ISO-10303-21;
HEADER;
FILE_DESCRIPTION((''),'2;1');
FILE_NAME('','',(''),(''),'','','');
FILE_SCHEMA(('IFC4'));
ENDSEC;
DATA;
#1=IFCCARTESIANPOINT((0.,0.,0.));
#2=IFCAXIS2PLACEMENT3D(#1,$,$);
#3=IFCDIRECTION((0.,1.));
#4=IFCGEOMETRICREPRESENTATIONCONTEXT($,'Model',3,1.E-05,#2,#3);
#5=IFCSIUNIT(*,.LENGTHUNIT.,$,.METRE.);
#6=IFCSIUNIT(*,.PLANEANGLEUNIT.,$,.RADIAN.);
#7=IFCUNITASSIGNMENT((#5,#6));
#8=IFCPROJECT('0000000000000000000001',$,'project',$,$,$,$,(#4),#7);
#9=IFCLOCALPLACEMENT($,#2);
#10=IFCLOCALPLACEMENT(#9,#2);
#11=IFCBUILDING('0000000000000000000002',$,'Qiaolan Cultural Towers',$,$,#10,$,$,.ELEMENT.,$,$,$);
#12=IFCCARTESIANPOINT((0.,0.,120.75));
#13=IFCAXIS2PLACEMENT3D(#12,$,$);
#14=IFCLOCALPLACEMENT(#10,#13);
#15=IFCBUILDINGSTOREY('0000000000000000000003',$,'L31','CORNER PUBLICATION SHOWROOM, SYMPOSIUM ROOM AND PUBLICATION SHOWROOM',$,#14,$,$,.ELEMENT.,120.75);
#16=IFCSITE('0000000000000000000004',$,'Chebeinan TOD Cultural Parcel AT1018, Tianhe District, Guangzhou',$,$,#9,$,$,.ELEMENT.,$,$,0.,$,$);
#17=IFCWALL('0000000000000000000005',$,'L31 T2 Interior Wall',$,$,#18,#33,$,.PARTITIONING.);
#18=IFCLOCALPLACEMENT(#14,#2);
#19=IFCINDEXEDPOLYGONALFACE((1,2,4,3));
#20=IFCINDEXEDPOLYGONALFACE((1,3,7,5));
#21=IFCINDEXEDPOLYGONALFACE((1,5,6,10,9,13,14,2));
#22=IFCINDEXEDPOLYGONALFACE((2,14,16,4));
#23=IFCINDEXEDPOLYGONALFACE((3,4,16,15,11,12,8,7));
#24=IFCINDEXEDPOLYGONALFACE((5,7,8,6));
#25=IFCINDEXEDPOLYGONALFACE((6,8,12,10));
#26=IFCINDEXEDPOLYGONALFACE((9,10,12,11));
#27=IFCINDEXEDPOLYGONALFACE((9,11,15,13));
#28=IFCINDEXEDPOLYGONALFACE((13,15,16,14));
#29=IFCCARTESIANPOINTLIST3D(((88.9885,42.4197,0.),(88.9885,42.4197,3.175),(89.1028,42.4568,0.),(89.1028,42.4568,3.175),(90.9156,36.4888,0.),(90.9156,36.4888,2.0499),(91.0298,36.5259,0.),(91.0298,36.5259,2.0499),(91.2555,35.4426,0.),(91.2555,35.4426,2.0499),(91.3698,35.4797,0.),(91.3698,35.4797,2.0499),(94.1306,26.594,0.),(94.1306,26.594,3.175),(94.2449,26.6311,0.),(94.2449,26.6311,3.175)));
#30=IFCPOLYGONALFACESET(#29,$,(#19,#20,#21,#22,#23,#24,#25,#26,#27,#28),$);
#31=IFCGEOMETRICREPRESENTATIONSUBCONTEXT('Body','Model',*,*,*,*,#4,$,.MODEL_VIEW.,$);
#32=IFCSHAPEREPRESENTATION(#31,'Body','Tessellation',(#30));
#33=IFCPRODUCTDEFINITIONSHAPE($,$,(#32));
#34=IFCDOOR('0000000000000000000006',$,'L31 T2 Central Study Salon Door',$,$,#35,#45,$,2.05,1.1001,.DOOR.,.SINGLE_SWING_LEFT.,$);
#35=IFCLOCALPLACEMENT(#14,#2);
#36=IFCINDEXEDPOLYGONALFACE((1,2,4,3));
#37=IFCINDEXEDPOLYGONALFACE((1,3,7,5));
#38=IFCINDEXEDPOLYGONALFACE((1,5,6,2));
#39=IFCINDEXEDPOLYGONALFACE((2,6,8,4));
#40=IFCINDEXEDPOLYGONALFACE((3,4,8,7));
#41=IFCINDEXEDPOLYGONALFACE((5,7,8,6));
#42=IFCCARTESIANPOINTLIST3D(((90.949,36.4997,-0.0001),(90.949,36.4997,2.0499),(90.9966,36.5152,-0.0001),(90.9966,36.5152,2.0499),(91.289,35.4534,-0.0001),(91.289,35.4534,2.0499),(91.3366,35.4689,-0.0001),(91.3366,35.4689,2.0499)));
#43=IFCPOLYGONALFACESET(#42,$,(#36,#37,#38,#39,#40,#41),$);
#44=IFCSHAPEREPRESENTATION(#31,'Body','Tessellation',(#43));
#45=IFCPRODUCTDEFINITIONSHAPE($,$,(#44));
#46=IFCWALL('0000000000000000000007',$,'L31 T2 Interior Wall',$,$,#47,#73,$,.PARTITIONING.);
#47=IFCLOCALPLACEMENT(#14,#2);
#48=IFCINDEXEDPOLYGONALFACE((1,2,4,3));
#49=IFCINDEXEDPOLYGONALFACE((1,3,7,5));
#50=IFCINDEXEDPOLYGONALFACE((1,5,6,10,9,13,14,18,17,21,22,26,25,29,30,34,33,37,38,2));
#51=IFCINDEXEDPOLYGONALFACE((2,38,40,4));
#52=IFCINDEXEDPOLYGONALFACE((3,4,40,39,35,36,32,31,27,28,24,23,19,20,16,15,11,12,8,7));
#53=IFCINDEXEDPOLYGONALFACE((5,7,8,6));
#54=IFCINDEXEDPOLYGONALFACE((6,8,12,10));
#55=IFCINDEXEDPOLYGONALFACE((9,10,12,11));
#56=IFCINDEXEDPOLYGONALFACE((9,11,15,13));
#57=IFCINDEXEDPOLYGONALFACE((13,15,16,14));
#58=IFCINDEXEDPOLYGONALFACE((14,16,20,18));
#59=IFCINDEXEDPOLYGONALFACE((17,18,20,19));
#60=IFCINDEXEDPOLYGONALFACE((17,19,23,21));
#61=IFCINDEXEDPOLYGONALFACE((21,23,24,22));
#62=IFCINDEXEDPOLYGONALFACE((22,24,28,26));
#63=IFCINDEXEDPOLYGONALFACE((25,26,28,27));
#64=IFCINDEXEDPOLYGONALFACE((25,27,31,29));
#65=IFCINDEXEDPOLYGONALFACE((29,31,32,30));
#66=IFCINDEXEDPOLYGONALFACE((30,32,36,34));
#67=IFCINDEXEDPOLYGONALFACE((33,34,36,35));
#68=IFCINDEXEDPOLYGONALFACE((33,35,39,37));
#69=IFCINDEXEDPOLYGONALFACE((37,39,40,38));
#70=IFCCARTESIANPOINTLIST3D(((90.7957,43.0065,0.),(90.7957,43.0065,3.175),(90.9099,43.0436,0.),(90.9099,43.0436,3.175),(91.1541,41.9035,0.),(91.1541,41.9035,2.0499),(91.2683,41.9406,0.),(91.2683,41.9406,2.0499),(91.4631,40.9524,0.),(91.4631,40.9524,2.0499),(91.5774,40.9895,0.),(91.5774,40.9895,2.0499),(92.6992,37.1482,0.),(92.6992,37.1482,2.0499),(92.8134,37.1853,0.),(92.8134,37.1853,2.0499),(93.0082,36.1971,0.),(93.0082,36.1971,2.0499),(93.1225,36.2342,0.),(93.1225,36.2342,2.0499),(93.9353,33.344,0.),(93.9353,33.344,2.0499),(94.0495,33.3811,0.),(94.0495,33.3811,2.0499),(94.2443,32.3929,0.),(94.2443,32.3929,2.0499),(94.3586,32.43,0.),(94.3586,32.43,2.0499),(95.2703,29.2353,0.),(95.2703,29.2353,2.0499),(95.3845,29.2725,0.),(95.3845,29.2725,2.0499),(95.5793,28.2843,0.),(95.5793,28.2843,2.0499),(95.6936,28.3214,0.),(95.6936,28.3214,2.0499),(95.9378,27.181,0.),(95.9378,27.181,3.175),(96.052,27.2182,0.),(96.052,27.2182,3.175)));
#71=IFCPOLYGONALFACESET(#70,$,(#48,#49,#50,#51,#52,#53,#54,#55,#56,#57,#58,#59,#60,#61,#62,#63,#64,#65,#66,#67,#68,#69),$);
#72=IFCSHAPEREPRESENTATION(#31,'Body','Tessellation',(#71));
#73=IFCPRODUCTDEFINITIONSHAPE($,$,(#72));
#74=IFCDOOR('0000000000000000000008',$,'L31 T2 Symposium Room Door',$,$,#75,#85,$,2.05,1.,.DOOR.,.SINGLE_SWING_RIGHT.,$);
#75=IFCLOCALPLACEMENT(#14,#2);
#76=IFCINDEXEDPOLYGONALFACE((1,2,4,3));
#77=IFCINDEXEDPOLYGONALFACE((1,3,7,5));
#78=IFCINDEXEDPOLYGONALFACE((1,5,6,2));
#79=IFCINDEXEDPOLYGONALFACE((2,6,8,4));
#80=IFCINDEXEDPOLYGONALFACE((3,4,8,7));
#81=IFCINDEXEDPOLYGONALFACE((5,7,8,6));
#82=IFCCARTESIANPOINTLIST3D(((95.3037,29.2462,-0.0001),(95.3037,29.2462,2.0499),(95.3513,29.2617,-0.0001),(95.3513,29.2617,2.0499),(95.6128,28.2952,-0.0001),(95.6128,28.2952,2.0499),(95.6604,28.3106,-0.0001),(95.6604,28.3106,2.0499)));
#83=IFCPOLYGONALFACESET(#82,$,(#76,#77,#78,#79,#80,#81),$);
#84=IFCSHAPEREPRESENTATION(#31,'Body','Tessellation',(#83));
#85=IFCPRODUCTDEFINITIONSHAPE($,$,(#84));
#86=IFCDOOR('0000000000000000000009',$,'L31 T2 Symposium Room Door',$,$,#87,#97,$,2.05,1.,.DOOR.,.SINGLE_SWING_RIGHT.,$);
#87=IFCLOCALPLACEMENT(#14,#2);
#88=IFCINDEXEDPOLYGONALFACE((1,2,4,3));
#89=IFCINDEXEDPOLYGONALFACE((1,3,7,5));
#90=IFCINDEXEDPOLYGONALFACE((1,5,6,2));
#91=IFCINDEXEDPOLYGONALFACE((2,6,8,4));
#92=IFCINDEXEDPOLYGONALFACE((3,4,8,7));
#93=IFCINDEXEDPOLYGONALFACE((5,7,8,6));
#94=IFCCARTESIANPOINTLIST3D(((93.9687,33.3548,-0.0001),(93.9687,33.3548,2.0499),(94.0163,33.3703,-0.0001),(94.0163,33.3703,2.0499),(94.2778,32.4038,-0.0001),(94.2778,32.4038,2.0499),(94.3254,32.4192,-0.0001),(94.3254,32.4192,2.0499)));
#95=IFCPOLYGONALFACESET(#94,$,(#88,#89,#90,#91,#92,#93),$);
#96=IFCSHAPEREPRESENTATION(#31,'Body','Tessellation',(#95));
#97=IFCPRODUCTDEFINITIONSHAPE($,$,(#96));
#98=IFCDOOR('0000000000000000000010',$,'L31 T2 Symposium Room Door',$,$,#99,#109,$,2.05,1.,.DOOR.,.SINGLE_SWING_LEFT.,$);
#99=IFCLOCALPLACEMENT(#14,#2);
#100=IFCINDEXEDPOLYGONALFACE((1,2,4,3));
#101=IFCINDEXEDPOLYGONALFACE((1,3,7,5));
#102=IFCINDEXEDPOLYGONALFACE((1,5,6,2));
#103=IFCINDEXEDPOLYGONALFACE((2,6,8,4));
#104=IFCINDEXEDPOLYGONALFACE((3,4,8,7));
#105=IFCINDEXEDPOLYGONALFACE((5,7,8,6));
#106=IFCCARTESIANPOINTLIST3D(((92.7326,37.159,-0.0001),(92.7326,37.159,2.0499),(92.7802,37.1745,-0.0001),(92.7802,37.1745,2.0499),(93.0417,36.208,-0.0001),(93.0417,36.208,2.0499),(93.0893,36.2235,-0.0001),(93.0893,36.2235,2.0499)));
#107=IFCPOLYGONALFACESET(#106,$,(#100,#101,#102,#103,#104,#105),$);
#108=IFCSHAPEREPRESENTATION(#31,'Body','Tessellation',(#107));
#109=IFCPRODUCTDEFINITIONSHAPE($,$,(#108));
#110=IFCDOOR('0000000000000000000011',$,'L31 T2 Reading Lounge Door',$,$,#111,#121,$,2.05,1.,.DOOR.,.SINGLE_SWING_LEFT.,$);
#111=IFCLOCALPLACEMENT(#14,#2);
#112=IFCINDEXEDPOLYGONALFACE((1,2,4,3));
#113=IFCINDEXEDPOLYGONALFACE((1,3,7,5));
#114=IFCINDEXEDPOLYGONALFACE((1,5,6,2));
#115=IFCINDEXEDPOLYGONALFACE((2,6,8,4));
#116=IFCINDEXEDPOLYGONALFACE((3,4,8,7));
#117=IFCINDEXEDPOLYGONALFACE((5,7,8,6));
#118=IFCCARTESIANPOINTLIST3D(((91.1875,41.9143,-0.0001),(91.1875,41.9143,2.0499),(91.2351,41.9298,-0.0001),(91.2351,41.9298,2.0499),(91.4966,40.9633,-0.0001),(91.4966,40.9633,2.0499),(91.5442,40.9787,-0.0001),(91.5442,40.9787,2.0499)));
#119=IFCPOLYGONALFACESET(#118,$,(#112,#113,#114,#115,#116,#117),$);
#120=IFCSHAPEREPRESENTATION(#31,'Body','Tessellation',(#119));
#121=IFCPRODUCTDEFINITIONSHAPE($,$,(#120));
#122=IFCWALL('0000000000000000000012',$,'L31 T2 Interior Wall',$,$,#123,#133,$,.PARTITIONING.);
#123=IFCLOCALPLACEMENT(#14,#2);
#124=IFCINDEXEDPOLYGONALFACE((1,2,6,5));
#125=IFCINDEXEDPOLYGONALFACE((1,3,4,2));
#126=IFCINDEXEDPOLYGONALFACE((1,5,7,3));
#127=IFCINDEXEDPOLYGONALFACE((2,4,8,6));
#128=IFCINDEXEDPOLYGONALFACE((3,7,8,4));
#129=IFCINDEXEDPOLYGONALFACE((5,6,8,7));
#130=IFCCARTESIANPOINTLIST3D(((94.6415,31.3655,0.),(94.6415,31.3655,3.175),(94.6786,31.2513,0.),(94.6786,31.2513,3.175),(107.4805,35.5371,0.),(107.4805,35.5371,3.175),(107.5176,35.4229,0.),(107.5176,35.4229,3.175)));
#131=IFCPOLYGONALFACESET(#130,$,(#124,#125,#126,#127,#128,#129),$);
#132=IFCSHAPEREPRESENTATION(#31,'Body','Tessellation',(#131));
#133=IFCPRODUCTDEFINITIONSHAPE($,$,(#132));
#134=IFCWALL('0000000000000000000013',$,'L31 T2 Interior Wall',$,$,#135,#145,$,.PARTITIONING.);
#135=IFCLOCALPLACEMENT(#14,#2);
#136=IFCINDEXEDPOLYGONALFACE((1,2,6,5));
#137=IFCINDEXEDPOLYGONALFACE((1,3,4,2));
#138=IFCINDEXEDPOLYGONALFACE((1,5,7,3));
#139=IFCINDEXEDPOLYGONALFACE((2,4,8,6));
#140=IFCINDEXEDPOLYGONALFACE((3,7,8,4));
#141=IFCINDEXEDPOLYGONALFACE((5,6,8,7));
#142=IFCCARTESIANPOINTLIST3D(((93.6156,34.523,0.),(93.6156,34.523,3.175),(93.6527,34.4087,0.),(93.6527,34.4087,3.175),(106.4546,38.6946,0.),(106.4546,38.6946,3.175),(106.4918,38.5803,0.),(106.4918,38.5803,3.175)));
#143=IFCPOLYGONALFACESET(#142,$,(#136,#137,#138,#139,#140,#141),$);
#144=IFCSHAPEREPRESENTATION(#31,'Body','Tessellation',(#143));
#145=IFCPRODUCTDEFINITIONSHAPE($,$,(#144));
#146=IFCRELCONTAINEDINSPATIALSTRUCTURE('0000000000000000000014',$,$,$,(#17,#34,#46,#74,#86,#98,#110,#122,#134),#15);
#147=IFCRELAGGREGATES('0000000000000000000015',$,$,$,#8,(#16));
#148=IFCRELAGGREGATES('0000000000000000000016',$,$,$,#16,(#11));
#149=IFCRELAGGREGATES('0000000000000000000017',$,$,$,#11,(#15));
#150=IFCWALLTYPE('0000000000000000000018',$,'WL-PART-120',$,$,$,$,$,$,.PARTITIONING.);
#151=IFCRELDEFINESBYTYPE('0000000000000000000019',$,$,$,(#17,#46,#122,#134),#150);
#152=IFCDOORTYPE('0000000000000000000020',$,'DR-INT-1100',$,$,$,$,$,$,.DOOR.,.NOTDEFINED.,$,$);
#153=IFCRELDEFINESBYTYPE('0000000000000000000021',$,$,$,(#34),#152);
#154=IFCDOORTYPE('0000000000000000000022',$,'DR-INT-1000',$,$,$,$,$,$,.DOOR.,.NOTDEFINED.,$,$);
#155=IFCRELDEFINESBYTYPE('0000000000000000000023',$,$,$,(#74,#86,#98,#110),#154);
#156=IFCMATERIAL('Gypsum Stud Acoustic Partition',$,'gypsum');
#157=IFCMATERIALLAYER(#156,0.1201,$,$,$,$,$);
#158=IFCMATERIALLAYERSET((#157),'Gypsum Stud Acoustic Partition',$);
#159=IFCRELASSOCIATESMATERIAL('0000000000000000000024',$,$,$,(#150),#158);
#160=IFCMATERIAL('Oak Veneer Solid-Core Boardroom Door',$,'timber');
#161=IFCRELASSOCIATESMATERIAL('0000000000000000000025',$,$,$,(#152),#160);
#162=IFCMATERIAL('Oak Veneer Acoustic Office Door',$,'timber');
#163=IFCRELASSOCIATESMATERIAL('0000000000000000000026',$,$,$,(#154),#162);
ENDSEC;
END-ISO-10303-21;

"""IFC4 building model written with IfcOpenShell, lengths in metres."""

from ifc_helpers import new_model, si_unit, direction, frame, frame_2d, origin, place, context, subcontext, project, spatial, rectangle, extrude, material, layer, layer_set, type_object, element, fill, save


model = new_model("IFC4")

# Units and contexts
model_context = context("Model", 3, precision=1e-05, world=origin(), true_north=direction((0.0, 1.0)))
body_context = subcontext(model_context, "Body", "Model", "MODEL_VIEW")
ifc_project = project(units=[si_unit("LENGTHUNIT", "METRE"), si_unit("PLANEANGLEUNIT", "RADIAN")], contexts=[model_context])

# Site, building, storey
site_placement = place(None, origin())
site = spatial("IfcSite", under=ifc_project, at=site_placement, Name="Chebeinan TOD Cultural Parcel AT1018, Tianhe District, Guangzhou", CompositionType="ELEMENT", RefElevation=0.0)
building_placement = place(site_placement, origin())
building = spatial("IfcBuilding", under=site, at=building_placement, Name="Qiaolan Cultural Towers", CompositionType="ELEMENT")
storey_placement = place(building_placement, frame((0.0, 0.0, 120.75)))
storey = spatial("IfcBuildingStorey", under=building, at=storey_placement, Name="L31", Description="CORNER PUBLICATION SHOWROOM, SYMPOSIUM ROOM AND PUBLICATION SHOWROOM", CompositionType="ELEMENT", Elevation=120.75)

# Shared definitions
ifc_material_1 = material(Name="Gypsum Stud Acoustic Partition", Category="gypsum")
ifc_layer_1 = layer(ifc_material_1, 0.1201)
ifc_layer_set_1 = layer_set([ifc_layer_1], Name="Gypsum Stud Acoustic Partition")
wall_type_1 = type_object("IfcWallType", Name="WL-PART-120", PredefinedType="PARTITIONING", material=ifc_layer_set_1)

# Wall, opening, door
wall_1_placement = place(storey_placement, frame((94.1877, 26.6125, 0.0), z_axis=(0.0, 0.0, 1.0), x_axis=(-0.309018, 0.951056, 0.0)))
wall_1 = element("IfcWall", 1, at=wall_1_placement, inside=storey, type_object=wall_type_1, Name="L31 T2 Interior Wall", PredefinedType="PARTITIONING", context=body_context, shape_type="SweptSolid", body=[
    extrude(rectangle(XDim=16.6401, YDim=0.1201, at=frame_2d((8.3201, 0.0))), origin(), (0.0, 0.0, 1.0), 3.175),
])
opening_1_placement = place(wall_1_placement, frame((9.304, 0.0, 0.0)))
opening_1 = element("IfcOpeningElement", 2, at=opening_1_placement, cuts=wall_1, PredefinedType="OPENING", context=body_context, shape_type="SweptSolid", body=[
    extrude(rectangle(XDim=1.1001, YDim=2.05, at=frame_2d((0.55, 1.0249))), frame((0.0, 0.0701, 0.0), z_axis=(0.0, -1.0, 0.0), x_axis=(1.0, 0.0, 0.0)), (0.0, 0.0, 1.0), 0.1401),
])
ifc_material_2 = material(Name="Oak Veneer Solid-Core Boardroom Door", Category="timber")
door_type_1 = type_object("IfcDoorType", Name="DR-INT-1100", OperationType="NOTDEFINED", PredefinedType="DOOR", material=ifc_material_2)
door_1_placement = place(opening_1_placement, origin())
door_1 = element("IfcDoor", 3, at=door_1_placement, inside=storey, type_object=door_type_1, Name="L31 T2 Central Study Salon Door", OperationType="SINGLE_SWING_LEFT", OverallHeight=2.05, OverallWidth=1.1001, PredefinedType="DOOR", context=body_context, shape_type="SweptSolid", body=[
    extrude(rectangle(XDim=1.1001, YDim=2.05, at=frame_2d((0.55, 1.0249))), frame((0.0, 0.0249, 0.0), z_axis=(0.0, -1.0, 0.0), x_axis=(1.0, 0.0, 0.0)), (0.0, 0.0, 1.0), 0.05),
])
fill(opening_1, door_1)

# Wall, openings, doors
wall_2_placement = place(storey_placement, frame((95.9949, 27.1997, 0.0), z_axis=(0.0, 0.0, 1.0), x_axis=(-0.309022, 0.951055, 0.0)))
wall_2 = element("IfcWall", 4, at=wall_2_placement, inside=storey, type_object=wall_type_1, Name="L31 T2 Interior Wall", PredefinedType="PARTITIONING", context=body_context, shape_type="SweptSolid", body=[
    extrude(rectangle(XDim=16.6399, YDim=0.1201, at=frame_2d((8.3198, 0.0))), origin(), (0.0, 0.0, 1.0), 3.175),
])
opening_2_placement = place(wall_2_placement, frame((1.1599, 0.0, 0.0)))
opening_2 = element("IfcOpeningElement", 5, at=opening_2_placement, cuts=wall_2, PredefinedType="OPENING", context=body_context, shape_type="SweptSolid", body=[
    extrude(rectangle(XDim=1.0, YDim=2.05, at=frame_2d((0.5, 1.0249))), frame((0.0, 0.0701, 0.0), z_axis=(0.0, -1.0, 0.0), x_axis=(1.0, 0.0, 0.0)), (0.0, 0.0, 1.0), 0.1401),
])
opening_3_placement = place(wall_2_placement, frame((5.48, 0.0, 0.0)))
opening_3 = element("IfcOpeningElement", 6, at=opening_3_placement, cuts=wall_2, PredefinedType="OPENING", context=body_context, shape_type="SweptSolid", body=[
    extrude(rectangle(XDim=1.0, YDim=2.05, at=frame_2d((0.5, 1.0249))), frame((0.0, 0.0701, 0.0), z_axis=(0.0, -1.0, 0.0), x_axis=(1.0, 0.0, 0.0)), (0.0, 0.0, 1.0), 0.1401),
])
opening_4_placement = place(wall_2_placement, frame((9.48, 0.0, 0.0)))
opening_4 = element("IfcOpeningElement", 7, at=opening_4_placement, cuts=wall_2, PredefinedType="OPENING", context=body_context, shape_type="SweptSolid", body=[
    extrude(rectangle(XDim=1.0, YDim=2.05, at=frame_2d((0.5, 1.0249))), frame((0.0, 0.0701, 0.0), z_axis=(0.0, -1.0, 0.0), x_axis=(1.0, 0.0, 0.0)), (0.0, 0.0, 1.0), 0.1401),
])
opening_5_placement = place(wall_2_placement, frame((14.48, 0.0, 0.0)))
opening_5 = element("IfcOpeningElement", 8, at=opening_5_placement, cuts=wall_2, PredefinedType="OPENING", context=body_context, shape_type="SweptSolid", body=[
    extrude(rectangle(XDim=1.0, YDim=2.05, at=frame_2d((0.5, 1.0249))), frame((0.0, 0.0701, 0.0), z_axis=(0.0, -1.0, 0.0), x_axis=(1.0, 0.0, 0.0)), (0.0, 0.0, 1.0), 0.1401),
])
ifc_material_3 = material(Name="Oak Veneer Acoustic Office Door", Category="timber")
door_type_2 = type_object("IfcDoorType", Name="DR-INT-1000", OperationType="NOTDEFINED", PredefinedType="DOOR", material=ifc_material_3)
door_2_placement = place(opening_2_placement, origin())
door_2 = element("IfcDoor", 9, at=door_2_placement, inside=storey, type_object=door_type_2, Name="L31 T2 Symposium Room Door", OperationType="SINGLE_SWING_RIGHT", OverallHeight=2.05, OverallWidth=1.0, PredefinedType="DOOR", context=body_context, shape_type="SweptSolid", body=[
    extrude(rectangle(XDim=1.0, YDim=2.05, at=frame_2d((0.5, 1.0249))), frame((0.0, 0.0249, 0.0), z_axis=(0.0, -1.0, 0.0), x_axis=(1.0, 0.0, 0.0)), (0.0, 0.0, 1.0), 0.05),
])
fill(opening_2, door_2)
door_3_placement = place(opening_3_placement, origin())
door_3 = element("IfcDoor", 10, at=door_3_placement, inside=storey, type_object=door_type_2, Name="L31 T2 Symposium Room Door", OperationType="SINGLE_SWING_RIGHT", OverallHeight=2.05, OverallWidth=1.0, PredefinedType="DOOR", context=body_context, shape_type="SweptSolid", body=[
    extrude(rectangle(XDim=1.0, YDim=2.05, at=frame_2d((0.5, 1.0249))), frame((0.0, 0.0249, 0.0), z_axis=(0.0, -1.0, 0.0), x_axis=(1.0, 0.0, 0.0)), (0.0, 0.0, 1.0), 0.05),
])
fill(opening_3, door_3)
door_4_placement = place(opening_4_placement, origin())
door_4 = element("IfcDoor", 11, at=door_4_placement, inside=storey, type_object=door_type_2, Name="L31 T2 Symposium Room Door", OperationType="SINGLE_SWING_LEFT", OverallHeight=2.05, OverallWidth=1.0, PredefinedType="DOOR", context=body_context, shape_type="SweptSolid", body=[
    extrude(rectangle(XDim=1.0, YDim=2.05, at=frame_2d((0.5, 1.0249))), frame((0.0, 0.0249, 0.0), z_axis=(0.0, -1.0, 0.0), x_axis=(1.0, 0.0, 0.0)), (0.0, 0.0, 1.0), 0.05),
])
fill(opening_4, door_4)
door_5_placement = place(opening_5_placement, origin())
door_5 = element("IfcDoor", 12, at=door_5_placement, inside=storey, type_object=door_type_2, Name="L31 T2 Reading Lounge Door", OperationType="SINGLE_SWING_LEFT", OverallHeight=2.05, OverallWidth=1.0, PredefinedType="DOOR", context=body_context, shape_type="SweptSolid", body=[
    extrude(rectangle(XDim=1.0, YDim=2.05, at=frame_2d((0.5, 1.0249))), frame((0.0, 0.0249, 0.0), z_axis=(0.0, -1.0, 0.0), x_axis=(1.0, 0.0, 0.0)), (0.0, 0.0, 1.0), 0.05),
])
fill(opening_5, door_5)

# Walls
for number, where, z_axis, x_axis, name in (
    (13, (94.6599, 31.3083, 0.0), (0.0, 0.0, 1.0), (0.951058, 0.309014, 0.0), "L31 T2 Interior Wall"),
    (14, (93.634, 34.4658, 0.0), (0.0, 0.0, 1.0), (0.951058, 0.309014, 0.0), "L31 T2 Interior Wall"),
):
    element("IfcWall", number, at=place(storey_placement, frame(where, z_axis=z_axis, x_axis=x_axis)), inside=storey, type_object=wall_type_1, Name=name, PredefinedType="PARTITIONING", context=body_context, shape_type="SweptSolid", body=[
        extrude(rectangle(XDim=13.4998, YDim=0.1201, at=frame_2d((6.75, 0.0))), origin(), (0.0, 0.0, 1.0), 3.175),
    ])

save(model, "model.ifc")
